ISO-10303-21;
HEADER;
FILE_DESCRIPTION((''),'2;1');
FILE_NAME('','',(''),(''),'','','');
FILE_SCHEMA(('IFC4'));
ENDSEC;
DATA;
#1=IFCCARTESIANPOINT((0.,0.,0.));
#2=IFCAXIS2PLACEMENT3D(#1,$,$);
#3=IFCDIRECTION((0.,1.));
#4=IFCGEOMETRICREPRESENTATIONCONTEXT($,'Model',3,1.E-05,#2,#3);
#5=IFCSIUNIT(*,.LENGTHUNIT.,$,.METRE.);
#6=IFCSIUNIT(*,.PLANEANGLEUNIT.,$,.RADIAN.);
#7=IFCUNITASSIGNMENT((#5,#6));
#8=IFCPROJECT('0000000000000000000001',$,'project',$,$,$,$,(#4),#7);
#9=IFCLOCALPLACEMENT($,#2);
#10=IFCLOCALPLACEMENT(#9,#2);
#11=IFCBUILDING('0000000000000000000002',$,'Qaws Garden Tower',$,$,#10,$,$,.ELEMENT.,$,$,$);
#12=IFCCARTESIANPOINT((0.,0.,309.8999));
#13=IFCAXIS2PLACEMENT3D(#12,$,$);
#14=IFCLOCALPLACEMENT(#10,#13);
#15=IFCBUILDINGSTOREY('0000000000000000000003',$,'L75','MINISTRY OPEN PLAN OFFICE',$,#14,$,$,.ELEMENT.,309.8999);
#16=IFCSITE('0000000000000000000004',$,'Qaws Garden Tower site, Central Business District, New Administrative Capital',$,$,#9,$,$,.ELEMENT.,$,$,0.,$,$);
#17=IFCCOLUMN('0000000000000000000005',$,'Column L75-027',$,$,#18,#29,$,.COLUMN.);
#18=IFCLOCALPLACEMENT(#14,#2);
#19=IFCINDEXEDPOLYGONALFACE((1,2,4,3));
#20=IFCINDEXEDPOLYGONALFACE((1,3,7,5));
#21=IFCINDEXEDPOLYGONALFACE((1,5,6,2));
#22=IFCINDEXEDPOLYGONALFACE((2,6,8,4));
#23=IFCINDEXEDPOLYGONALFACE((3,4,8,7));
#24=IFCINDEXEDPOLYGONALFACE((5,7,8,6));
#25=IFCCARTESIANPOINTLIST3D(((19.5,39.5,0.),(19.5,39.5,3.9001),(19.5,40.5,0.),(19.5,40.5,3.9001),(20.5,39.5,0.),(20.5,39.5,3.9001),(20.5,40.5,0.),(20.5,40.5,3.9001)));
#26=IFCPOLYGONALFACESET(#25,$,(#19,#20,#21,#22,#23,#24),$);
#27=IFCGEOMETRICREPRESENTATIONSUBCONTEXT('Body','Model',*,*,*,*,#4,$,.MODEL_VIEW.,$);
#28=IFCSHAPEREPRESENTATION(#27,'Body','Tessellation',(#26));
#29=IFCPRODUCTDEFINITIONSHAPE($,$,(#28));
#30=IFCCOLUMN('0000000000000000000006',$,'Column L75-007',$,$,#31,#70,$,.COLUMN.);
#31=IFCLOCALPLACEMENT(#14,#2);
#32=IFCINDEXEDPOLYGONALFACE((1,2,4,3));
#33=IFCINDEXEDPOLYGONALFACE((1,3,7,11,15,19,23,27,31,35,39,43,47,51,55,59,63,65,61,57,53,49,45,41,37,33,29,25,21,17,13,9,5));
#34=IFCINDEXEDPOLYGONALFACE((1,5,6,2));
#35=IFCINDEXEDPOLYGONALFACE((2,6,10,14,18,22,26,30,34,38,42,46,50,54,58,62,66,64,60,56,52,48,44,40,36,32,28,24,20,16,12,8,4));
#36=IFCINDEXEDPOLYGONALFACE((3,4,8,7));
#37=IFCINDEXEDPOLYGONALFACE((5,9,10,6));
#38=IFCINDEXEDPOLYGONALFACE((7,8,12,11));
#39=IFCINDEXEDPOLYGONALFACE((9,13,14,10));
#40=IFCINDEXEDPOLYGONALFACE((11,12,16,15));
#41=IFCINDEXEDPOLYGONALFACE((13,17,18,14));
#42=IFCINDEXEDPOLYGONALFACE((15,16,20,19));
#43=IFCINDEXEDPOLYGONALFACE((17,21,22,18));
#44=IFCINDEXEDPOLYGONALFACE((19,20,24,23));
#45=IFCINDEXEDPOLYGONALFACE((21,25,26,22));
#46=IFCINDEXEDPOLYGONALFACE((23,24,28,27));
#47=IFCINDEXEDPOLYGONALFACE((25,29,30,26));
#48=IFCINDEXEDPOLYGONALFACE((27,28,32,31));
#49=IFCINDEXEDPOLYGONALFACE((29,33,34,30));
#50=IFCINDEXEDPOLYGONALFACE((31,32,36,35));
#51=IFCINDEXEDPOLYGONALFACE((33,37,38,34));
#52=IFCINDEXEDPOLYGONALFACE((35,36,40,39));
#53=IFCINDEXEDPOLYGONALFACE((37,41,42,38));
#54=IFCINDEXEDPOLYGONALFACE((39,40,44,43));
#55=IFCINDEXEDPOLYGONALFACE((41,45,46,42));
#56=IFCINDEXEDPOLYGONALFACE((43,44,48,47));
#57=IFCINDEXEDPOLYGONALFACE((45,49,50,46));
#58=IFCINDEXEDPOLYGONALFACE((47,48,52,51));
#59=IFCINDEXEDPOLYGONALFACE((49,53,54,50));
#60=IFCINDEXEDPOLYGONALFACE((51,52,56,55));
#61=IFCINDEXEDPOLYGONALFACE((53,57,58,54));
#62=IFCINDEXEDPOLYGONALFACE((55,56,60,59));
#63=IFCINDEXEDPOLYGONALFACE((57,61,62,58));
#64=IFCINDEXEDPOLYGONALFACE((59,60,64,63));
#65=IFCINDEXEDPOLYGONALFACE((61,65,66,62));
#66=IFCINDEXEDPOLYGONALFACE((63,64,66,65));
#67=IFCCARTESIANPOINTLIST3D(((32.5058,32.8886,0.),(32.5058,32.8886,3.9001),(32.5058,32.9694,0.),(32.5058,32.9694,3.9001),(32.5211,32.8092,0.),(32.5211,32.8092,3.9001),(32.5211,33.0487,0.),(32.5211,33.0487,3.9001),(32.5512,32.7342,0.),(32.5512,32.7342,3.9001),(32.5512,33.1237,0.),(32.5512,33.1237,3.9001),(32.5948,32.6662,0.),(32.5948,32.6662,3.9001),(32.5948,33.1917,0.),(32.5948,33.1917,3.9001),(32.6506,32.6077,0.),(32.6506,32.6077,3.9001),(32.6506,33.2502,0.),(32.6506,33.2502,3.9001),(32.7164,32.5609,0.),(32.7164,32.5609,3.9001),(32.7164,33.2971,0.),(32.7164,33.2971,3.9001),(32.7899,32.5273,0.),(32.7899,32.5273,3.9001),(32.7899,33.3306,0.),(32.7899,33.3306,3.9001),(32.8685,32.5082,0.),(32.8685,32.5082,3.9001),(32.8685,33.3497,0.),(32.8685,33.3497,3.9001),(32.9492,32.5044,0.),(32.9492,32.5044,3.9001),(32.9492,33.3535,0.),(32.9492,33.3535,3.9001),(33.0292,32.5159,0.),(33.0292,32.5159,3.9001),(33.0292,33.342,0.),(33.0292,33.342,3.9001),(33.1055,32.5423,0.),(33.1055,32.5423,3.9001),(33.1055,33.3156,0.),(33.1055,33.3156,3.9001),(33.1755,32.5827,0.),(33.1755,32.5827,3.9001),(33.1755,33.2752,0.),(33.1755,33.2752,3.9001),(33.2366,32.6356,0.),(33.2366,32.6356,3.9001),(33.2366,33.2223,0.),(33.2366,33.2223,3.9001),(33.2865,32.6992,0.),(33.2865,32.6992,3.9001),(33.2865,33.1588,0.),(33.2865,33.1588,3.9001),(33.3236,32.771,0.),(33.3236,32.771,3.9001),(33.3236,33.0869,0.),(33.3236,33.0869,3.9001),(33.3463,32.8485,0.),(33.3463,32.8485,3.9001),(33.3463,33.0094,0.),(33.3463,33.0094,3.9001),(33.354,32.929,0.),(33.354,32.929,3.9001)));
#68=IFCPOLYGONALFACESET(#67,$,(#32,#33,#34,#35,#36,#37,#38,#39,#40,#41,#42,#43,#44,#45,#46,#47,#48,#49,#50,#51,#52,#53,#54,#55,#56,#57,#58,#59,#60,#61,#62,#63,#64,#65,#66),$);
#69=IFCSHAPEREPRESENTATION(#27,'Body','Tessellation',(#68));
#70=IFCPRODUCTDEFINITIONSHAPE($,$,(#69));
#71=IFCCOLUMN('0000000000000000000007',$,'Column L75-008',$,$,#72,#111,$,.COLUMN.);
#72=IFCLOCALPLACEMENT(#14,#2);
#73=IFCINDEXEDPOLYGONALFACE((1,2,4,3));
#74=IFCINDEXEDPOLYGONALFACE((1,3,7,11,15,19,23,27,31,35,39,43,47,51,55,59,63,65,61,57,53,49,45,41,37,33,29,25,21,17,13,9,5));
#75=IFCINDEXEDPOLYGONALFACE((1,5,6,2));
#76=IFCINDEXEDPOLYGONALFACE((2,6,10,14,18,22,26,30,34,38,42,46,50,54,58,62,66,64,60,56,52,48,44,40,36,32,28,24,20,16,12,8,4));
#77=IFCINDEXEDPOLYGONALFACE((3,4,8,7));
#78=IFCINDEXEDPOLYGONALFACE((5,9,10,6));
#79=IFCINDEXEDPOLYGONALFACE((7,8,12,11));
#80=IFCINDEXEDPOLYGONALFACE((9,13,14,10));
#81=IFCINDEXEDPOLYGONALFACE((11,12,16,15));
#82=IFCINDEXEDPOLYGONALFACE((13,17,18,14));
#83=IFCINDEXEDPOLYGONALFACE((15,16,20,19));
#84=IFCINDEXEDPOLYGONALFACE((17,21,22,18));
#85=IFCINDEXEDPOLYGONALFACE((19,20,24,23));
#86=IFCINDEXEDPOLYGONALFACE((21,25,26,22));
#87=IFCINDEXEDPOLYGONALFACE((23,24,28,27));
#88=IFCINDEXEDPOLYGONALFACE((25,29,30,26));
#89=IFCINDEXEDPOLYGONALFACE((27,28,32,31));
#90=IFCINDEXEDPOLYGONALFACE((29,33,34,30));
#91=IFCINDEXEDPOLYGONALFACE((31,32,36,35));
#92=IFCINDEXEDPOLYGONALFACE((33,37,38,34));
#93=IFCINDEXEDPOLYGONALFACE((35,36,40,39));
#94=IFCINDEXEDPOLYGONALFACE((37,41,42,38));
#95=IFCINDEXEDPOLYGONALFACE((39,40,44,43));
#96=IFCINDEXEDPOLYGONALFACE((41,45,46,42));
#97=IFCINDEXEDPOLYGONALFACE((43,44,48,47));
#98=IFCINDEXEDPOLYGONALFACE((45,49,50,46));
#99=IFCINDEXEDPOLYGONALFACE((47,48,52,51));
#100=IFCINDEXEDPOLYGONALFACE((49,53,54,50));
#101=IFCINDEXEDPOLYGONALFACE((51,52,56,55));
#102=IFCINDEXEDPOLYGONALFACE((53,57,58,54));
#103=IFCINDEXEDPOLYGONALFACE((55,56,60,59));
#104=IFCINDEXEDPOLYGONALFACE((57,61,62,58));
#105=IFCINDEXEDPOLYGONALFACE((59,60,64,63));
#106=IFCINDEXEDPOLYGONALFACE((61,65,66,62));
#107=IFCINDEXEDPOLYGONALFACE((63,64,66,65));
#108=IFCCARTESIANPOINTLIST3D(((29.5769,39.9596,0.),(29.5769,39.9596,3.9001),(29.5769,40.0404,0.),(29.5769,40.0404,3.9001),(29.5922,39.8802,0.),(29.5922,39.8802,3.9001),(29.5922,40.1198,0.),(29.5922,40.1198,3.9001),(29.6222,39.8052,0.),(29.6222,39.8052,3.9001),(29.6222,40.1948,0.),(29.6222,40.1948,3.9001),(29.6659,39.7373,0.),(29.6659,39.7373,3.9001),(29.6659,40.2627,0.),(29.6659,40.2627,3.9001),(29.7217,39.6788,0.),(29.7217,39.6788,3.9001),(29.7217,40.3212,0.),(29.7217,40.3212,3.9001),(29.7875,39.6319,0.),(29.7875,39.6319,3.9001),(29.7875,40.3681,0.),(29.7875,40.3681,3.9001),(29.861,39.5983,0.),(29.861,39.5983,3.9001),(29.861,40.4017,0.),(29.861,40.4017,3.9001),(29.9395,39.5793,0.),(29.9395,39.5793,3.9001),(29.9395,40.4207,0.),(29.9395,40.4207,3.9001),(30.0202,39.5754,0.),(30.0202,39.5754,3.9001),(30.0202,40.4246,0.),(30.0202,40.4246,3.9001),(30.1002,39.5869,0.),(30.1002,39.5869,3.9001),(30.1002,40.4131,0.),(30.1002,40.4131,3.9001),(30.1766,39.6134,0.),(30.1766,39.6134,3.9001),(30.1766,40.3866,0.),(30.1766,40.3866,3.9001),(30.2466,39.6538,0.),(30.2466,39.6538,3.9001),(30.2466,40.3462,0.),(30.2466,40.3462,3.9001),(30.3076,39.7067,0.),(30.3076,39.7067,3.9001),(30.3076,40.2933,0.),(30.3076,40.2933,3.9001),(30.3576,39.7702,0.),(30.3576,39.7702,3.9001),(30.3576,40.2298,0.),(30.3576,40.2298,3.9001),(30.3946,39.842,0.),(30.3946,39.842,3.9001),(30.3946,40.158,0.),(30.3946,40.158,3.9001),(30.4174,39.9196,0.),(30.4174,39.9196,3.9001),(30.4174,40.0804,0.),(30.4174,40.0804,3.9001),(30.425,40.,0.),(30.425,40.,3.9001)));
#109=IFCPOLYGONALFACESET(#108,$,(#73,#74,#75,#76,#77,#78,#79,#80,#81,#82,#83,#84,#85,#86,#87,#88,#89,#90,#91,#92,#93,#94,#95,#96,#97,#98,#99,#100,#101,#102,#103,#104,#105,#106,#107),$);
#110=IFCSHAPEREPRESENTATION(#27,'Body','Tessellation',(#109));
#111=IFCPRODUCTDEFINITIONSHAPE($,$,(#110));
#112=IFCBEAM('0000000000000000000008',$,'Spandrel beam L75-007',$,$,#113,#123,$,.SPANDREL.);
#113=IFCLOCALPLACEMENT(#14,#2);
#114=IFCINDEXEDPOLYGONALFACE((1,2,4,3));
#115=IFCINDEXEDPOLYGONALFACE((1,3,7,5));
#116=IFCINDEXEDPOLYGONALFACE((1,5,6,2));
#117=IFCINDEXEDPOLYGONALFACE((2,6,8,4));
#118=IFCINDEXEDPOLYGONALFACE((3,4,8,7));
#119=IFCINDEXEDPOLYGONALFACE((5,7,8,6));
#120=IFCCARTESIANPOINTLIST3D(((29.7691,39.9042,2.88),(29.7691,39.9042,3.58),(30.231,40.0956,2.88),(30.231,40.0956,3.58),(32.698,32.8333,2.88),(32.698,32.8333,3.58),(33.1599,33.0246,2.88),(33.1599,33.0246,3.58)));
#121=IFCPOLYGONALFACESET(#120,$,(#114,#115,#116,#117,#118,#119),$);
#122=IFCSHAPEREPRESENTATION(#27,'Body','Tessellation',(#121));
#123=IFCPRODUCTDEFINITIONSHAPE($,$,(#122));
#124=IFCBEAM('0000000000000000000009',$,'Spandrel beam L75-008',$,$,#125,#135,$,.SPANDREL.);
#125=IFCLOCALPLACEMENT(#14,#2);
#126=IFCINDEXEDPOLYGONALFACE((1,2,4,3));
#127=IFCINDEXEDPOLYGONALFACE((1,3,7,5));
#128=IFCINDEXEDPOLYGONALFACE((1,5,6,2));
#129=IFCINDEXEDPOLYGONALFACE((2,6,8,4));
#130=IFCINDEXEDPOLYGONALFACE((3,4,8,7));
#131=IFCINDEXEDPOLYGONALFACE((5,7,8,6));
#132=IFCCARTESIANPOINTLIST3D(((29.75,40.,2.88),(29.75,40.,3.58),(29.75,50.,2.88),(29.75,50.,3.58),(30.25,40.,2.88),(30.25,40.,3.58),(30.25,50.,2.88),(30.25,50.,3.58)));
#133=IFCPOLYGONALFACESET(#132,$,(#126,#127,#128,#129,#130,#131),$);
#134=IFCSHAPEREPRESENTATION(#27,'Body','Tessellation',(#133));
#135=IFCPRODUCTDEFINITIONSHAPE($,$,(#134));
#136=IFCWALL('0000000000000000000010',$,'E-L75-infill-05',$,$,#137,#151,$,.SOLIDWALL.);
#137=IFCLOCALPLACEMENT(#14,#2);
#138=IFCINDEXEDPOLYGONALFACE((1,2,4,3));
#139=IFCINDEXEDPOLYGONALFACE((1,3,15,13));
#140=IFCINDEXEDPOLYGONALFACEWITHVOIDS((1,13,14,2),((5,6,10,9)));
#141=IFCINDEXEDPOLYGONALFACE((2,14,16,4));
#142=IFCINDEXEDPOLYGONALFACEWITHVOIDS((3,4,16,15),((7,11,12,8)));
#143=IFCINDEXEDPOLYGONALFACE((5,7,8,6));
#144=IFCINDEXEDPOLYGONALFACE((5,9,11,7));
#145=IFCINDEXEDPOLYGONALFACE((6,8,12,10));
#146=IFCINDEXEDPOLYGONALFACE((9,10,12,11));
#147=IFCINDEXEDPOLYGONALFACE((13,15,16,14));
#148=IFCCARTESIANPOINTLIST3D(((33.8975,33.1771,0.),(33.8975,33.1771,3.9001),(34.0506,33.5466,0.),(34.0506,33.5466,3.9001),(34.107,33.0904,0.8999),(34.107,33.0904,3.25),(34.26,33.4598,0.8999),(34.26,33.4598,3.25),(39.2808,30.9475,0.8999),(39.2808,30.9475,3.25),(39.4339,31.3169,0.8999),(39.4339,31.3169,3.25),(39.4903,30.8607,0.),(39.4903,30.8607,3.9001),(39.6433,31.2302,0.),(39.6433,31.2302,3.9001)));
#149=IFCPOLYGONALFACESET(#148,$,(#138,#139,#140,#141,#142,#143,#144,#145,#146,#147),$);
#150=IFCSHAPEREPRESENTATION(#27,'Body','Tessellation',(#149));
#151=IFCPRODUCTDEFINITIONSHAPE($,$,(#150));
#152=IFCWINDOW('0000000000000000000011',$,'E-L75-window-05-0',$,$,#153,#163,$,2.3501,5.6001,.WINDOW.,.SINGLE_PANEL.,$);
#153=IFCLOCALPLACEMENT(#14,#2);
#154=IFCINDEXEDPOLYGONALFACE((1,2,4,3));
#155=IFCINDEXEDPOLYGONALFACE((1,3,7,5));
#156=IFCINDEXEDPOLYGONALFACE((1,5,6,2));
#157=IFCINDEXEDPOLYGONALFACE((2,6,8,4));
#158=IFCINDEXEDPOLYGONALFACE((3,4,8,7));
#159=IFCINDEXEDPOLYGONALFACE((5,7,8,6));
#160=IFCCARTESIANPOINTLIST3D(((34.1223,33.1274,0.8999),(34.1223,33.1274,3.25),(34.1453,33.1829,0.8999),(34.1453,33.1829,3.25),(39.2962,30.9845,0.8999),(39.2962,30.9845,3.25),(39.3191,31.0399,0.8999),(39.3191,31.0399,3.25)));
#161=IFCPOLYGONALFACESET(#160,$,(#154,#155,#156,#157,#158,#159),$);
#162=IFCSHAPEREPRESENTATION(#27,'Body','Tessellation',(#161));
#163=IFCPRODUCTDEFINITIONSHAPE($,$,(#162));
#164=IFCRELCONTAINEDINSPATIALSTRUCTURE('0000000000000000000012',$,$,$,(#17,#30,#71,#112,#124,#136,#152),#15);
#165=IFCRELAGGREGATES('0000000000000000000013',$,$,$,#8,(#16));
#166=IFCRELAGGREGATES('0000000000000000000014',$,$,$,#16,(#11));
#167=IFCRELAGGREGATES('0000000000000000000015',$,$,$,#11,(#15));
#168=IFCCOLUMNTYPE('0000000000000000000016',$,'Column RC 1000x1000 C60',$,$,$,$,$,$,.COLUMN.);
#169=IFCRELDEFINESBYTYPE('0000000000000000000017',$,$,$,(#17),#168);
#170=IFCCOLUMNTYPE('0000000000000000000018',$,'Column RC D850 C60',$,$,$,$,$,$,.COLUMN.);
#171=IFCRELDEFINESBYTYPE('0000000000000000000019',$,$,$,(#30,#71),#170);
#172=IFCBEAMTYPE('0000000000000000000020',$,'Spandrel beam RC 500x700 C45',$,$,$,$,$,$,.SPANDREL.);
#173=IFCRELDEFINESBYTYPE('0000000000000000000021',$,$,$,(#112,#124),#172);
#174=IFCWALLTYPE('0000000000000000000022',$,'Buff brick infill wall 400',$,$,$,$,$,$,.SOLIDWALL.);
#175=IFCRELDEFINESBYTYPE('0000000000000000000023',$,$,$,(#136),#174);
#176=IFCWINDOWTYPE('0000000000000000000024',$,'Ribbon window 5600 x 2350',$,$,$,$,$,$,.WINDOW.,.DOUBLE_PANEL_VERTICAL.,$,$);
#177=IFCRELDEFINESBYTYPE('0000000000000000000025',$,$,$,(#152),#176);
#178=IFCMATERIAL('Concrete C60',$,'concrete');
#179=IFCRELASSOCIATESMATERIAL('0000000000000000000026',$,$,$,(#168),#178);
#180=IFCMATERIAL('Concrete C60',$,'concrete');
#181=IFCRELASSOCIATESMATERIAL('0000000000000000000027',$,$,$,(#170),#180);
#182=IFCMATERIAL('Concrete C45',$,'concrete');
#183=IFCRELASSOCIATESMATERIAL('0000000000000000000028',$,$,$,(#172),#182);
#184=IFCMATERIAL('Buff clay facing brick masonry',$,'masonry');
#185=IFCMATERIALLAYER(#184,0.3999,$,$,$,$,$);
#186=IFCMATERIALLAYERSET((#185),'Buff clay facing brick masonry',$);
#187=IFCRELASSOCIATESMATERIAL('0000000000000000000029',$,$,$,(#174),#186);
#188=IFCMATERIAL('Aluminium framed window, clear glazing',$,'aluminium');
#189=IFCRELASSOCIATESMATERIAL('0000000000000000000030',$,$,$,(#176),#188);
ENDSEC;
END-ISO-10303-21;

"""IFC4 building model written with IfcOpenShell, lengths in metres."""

from ifc_helpers import new_model, si_unit, direction, frame, frame_2d, origin, origin_2d, place, context, subcontext, project, spatial, rectangle, circle, extrude, material, layer, layer_set, material_profile, profile_set, type_object, element, fill, save


model = new_model("IFC4")

# Units and contexts
model_context = context("Model", 3, precision=1e-05, world=origin(), true_north=direction((0.0, 1.0)))
body_context = subcontext(model_context, "Body", "Model", "MODEL_VIEW")
ifc_project = project(units=[si_unit("LENGTHUNIT", "METRE"), si_unit("PLANEANGLEUNIT", "RADIAN")], contexts=[model_context])

# Site, building, storey
site_placement = place(None, origin())
site = spatial("IfcSite", under=ifc_project, at=site_placement, Name="Qaws Garden Tower site, Central Business District, New Administrative Capital", CompositionType="ELEMENT", RefElevation=0.0)
building_placement = place(site_placement, origin())
building = spatial("IfcBuilding", under=site, at=building_placement, Name="Qaws Garden Tower", CompositionType="ELEMENT")
storey_placement = place(building_placement, frame((0.0, 0.0, 309.8999)))
storey = spatial("IfcBuildingStorey", under=building, at=storey_placement, Name="L75", Description="MINISTRY OPEN PLAN OFFICE", CompositionType="ELEMENT", Elevation=309.8999)

# Columns
ifc_material_1 = material(Name="Concrete C60", Category="concrete")
ifc_material_profile_1 = material_profile(ifc_material_1, rectangle(XDim=1.0, YDim=1.0, at=origin_2d()), Name="RC 1000x1000")
ifc_profile_set_1 = profile_set([ifc_material_profile_1], Name="Concrete C60")
column_type_1 = type_object("IfcColumnType", Name="Column RC 1000x1000 C60", PredefinedType="COLUMN", material=ifc_profile_set_1)
column_placement = place(storey_placement, frame((20.0, 40.0, 0.0), z_axis=(0.0, 0.0, 1.0), x_axis=(1.0, 0.0, 0.0)))
element("IfcColumn", 1, at=column_placement, inside=storey, type_object=column_type_1, Name="Column L75-027", PredefinedType="COLUMN", context=body_context, shape_type="SweptSolid", body=[
    extrude(rectangle(XDim=1.0, YDim=1.0, at=origin_2d()), origin(), (0.0, 0.0, 1.0), 3.9001),
])
ifc_material_2 = material(Name="Concrete C60", Category="concrete")
ifc_material_profile_2 = material_profile(ifc_material_2, circle(Radius=0.425, at=origin_2d()), Name="RC D850")
ifc_profile_set_2 = profile_set([ifc_material_profile_2], Name="Concrete C60")
column_type_2 = type_object("IfcColumnType", Name="Column RC D850 C60", PredefinedType="COLUMN", material=ifc_profile_set_2)
for number, where, z_axis, x_axis, name in (
    (2, (32.929, 32.929, 0.0), (0.0, 0.0, 1.0), (1.0, 0.0, 0.0), "Column L75-007"),
    (3, (30.0, 40.0, 0.0), (0.0, 0.0, 1.0), (1.0, 0.0, 0.0), "Column L75-008"),
):
    element("IfcColumn", number, at=place(storey_placement, frame(where, z_axis=z_axis, x_axis=x_axis)), inside=storey, type_object=column_type_2, Name=name, PredefinedType="COLUMN", context=body_context, shape_type="SweptSolid", body=[
        extrude(circle(Radius=0.425, at=origin_2d()), origin(), (0.0, 0.0, 1.0), 3.9001),
    ])

# Beams
ifc_material_3 = material(Name="Concrete C45", Category="concrete")
ifc_material_profile_3 = material_profile(ifc_material_3, rectangle(XDim=0.5, YDim=0.7, at=origin_2d()), Name="RC 500x700")
ifc_profile_set_3 = profile_set([ifc_material_profile_3], Name="Concrete C45")
beam_type = type_object("IfcBeamType", Name="Spandrel beam RC 500x700 C45", PredefinedType="SPANDREL", material=ifc_profile_set_3)
beam_1_placement = place(storey_placement, frame((32.929, 32.929, 3.23), z_axis=(-0.382687, 0.923878, 0.0), x_axis=(-0.923878, -0.382687, 0.0)))
element("IfcBeam", 4, at=beam_1_placement, inside=storey, type_object=beam_type, Name="Spandrel beam L75-007", PredefinedType="SPANDREL", context=body_context, shape_type="SweptSolid", body=[
    extrude(rectangle(XDim=0.5, YDim=0.7, at=origin_2d()), origin(), (0.0, 0.0, 1.0), 7.6536),
])
beam_2_placement = place(storey_placement, frame((30.0, 40.0, 3.23), z_axis=(0.0, 1.0, 0.0), x_axis=(-1.0, 0.0, 0.0)))
element("IfcBeam", 5, at=beam_2_placement, inside=storey, type_object=beam_type, Name="Spandrel beam L75-008", PredefinedType="SPANDREL", context=body_context, shape_type="SweptSolid", body=[
    extrude(rectangle(XDim=0.5, YDim=0.7, at=origin_2d()), origin(), (0.0, 0.0, 1.0), 10.0),
])

# Wall, opening, window
ifc_material_4 = material(Name="Buff clay facing brick masonry", Category="masonry")
ifc_layer_1 = layer(ifc_material_4, 0.3999)
ifc_layer_set_1 = layer_set([ifc_layer_1], Name="Buff clay facing brick masonry")
wall_type_1 = type_object("IfcWallType", Name="Buff brick infill wall 400", PredefinedType="SOLIDWALL", material=ifc_layer_set_1)
wall_1_placement = place(storey_placement, frame((39.5669, 31.0454, 0.0), z_axis=(0.0, 0.0, 1.0), x_axis=(-0.923891, 0.382656, 0.0)))
wall_1 = element("IfcWall", 6, at=wall_1_placement, inside=storey, type_object=wall_type_1, Name="E-L75-infill-05", PredefinedType="SOLIDWALL", context=body_context, shape_type="SweptSolid", body=[
    extrude(rectangle(XDim=6.0535, YDim=0.3999, at=frame_2d((3.0269, 0.0))), origin(), (0.0, 0.0, 1.0), 3.9001),
])
opening_1_placement = place(wall_1_placement, frame((0.2268, 0.0, 0.8999)))
opening_1 = element("IfcOpeningElement", 7, at=opening_1_placement, cuts=wall_1, PredefinedType="OPENING", context=body_context, shape_type="SweptSolid", body=[
    extrude(rectangle(XDim=5.6001, YDim=2.3501, at=frame_2d((2.8, 1.175))), frame((0.0, 0.21, 0.0), z_axis=(0.0, -1.0, 0.0), x_axis=(1.0, 0.0, 0.0)), (0.0, 0.0, 1.0), 0.4199),
])
ifc_material_5 = material(Name="Aluminium framed window, clear glazing", Category="aluminium")
window_type_1 = type_object("IfcWindowType", Name="Ribbon window 5600 x 2350", PartitioningType="DOUBLE_PANEL_VERTICAL", PredefinedType="WINDOW", material=ifc_material_5)
window_1_placement = place(opening_1_placement, origin())
window_1 = element("IfcWindow", 8, at=window_1_placement, inside=storey, type_object=window_type_1, Name="E-L75-window-05-0", OverallHeight=2.3501, OverallWidth=5.6001, PartitioningType="SINGLE_PANEL", PredefinedType="WINDOW", context=body_context, shape_type="SweptSolid", body=[
    extrude(rectangle(XDim=5.6001, YDim=2.3501, at=frame_2d((2.8, 1.175))), frame((0.0, 0.1599, 0.0), z_axis=(0.0, -1.0, 0.0), x_axis=(1.0, 0.0, 0.0)), (0.0, 0.0, 1.0), 0.0601),
])
fill(opening_1, window_1)

save(model, "model.ifc")
